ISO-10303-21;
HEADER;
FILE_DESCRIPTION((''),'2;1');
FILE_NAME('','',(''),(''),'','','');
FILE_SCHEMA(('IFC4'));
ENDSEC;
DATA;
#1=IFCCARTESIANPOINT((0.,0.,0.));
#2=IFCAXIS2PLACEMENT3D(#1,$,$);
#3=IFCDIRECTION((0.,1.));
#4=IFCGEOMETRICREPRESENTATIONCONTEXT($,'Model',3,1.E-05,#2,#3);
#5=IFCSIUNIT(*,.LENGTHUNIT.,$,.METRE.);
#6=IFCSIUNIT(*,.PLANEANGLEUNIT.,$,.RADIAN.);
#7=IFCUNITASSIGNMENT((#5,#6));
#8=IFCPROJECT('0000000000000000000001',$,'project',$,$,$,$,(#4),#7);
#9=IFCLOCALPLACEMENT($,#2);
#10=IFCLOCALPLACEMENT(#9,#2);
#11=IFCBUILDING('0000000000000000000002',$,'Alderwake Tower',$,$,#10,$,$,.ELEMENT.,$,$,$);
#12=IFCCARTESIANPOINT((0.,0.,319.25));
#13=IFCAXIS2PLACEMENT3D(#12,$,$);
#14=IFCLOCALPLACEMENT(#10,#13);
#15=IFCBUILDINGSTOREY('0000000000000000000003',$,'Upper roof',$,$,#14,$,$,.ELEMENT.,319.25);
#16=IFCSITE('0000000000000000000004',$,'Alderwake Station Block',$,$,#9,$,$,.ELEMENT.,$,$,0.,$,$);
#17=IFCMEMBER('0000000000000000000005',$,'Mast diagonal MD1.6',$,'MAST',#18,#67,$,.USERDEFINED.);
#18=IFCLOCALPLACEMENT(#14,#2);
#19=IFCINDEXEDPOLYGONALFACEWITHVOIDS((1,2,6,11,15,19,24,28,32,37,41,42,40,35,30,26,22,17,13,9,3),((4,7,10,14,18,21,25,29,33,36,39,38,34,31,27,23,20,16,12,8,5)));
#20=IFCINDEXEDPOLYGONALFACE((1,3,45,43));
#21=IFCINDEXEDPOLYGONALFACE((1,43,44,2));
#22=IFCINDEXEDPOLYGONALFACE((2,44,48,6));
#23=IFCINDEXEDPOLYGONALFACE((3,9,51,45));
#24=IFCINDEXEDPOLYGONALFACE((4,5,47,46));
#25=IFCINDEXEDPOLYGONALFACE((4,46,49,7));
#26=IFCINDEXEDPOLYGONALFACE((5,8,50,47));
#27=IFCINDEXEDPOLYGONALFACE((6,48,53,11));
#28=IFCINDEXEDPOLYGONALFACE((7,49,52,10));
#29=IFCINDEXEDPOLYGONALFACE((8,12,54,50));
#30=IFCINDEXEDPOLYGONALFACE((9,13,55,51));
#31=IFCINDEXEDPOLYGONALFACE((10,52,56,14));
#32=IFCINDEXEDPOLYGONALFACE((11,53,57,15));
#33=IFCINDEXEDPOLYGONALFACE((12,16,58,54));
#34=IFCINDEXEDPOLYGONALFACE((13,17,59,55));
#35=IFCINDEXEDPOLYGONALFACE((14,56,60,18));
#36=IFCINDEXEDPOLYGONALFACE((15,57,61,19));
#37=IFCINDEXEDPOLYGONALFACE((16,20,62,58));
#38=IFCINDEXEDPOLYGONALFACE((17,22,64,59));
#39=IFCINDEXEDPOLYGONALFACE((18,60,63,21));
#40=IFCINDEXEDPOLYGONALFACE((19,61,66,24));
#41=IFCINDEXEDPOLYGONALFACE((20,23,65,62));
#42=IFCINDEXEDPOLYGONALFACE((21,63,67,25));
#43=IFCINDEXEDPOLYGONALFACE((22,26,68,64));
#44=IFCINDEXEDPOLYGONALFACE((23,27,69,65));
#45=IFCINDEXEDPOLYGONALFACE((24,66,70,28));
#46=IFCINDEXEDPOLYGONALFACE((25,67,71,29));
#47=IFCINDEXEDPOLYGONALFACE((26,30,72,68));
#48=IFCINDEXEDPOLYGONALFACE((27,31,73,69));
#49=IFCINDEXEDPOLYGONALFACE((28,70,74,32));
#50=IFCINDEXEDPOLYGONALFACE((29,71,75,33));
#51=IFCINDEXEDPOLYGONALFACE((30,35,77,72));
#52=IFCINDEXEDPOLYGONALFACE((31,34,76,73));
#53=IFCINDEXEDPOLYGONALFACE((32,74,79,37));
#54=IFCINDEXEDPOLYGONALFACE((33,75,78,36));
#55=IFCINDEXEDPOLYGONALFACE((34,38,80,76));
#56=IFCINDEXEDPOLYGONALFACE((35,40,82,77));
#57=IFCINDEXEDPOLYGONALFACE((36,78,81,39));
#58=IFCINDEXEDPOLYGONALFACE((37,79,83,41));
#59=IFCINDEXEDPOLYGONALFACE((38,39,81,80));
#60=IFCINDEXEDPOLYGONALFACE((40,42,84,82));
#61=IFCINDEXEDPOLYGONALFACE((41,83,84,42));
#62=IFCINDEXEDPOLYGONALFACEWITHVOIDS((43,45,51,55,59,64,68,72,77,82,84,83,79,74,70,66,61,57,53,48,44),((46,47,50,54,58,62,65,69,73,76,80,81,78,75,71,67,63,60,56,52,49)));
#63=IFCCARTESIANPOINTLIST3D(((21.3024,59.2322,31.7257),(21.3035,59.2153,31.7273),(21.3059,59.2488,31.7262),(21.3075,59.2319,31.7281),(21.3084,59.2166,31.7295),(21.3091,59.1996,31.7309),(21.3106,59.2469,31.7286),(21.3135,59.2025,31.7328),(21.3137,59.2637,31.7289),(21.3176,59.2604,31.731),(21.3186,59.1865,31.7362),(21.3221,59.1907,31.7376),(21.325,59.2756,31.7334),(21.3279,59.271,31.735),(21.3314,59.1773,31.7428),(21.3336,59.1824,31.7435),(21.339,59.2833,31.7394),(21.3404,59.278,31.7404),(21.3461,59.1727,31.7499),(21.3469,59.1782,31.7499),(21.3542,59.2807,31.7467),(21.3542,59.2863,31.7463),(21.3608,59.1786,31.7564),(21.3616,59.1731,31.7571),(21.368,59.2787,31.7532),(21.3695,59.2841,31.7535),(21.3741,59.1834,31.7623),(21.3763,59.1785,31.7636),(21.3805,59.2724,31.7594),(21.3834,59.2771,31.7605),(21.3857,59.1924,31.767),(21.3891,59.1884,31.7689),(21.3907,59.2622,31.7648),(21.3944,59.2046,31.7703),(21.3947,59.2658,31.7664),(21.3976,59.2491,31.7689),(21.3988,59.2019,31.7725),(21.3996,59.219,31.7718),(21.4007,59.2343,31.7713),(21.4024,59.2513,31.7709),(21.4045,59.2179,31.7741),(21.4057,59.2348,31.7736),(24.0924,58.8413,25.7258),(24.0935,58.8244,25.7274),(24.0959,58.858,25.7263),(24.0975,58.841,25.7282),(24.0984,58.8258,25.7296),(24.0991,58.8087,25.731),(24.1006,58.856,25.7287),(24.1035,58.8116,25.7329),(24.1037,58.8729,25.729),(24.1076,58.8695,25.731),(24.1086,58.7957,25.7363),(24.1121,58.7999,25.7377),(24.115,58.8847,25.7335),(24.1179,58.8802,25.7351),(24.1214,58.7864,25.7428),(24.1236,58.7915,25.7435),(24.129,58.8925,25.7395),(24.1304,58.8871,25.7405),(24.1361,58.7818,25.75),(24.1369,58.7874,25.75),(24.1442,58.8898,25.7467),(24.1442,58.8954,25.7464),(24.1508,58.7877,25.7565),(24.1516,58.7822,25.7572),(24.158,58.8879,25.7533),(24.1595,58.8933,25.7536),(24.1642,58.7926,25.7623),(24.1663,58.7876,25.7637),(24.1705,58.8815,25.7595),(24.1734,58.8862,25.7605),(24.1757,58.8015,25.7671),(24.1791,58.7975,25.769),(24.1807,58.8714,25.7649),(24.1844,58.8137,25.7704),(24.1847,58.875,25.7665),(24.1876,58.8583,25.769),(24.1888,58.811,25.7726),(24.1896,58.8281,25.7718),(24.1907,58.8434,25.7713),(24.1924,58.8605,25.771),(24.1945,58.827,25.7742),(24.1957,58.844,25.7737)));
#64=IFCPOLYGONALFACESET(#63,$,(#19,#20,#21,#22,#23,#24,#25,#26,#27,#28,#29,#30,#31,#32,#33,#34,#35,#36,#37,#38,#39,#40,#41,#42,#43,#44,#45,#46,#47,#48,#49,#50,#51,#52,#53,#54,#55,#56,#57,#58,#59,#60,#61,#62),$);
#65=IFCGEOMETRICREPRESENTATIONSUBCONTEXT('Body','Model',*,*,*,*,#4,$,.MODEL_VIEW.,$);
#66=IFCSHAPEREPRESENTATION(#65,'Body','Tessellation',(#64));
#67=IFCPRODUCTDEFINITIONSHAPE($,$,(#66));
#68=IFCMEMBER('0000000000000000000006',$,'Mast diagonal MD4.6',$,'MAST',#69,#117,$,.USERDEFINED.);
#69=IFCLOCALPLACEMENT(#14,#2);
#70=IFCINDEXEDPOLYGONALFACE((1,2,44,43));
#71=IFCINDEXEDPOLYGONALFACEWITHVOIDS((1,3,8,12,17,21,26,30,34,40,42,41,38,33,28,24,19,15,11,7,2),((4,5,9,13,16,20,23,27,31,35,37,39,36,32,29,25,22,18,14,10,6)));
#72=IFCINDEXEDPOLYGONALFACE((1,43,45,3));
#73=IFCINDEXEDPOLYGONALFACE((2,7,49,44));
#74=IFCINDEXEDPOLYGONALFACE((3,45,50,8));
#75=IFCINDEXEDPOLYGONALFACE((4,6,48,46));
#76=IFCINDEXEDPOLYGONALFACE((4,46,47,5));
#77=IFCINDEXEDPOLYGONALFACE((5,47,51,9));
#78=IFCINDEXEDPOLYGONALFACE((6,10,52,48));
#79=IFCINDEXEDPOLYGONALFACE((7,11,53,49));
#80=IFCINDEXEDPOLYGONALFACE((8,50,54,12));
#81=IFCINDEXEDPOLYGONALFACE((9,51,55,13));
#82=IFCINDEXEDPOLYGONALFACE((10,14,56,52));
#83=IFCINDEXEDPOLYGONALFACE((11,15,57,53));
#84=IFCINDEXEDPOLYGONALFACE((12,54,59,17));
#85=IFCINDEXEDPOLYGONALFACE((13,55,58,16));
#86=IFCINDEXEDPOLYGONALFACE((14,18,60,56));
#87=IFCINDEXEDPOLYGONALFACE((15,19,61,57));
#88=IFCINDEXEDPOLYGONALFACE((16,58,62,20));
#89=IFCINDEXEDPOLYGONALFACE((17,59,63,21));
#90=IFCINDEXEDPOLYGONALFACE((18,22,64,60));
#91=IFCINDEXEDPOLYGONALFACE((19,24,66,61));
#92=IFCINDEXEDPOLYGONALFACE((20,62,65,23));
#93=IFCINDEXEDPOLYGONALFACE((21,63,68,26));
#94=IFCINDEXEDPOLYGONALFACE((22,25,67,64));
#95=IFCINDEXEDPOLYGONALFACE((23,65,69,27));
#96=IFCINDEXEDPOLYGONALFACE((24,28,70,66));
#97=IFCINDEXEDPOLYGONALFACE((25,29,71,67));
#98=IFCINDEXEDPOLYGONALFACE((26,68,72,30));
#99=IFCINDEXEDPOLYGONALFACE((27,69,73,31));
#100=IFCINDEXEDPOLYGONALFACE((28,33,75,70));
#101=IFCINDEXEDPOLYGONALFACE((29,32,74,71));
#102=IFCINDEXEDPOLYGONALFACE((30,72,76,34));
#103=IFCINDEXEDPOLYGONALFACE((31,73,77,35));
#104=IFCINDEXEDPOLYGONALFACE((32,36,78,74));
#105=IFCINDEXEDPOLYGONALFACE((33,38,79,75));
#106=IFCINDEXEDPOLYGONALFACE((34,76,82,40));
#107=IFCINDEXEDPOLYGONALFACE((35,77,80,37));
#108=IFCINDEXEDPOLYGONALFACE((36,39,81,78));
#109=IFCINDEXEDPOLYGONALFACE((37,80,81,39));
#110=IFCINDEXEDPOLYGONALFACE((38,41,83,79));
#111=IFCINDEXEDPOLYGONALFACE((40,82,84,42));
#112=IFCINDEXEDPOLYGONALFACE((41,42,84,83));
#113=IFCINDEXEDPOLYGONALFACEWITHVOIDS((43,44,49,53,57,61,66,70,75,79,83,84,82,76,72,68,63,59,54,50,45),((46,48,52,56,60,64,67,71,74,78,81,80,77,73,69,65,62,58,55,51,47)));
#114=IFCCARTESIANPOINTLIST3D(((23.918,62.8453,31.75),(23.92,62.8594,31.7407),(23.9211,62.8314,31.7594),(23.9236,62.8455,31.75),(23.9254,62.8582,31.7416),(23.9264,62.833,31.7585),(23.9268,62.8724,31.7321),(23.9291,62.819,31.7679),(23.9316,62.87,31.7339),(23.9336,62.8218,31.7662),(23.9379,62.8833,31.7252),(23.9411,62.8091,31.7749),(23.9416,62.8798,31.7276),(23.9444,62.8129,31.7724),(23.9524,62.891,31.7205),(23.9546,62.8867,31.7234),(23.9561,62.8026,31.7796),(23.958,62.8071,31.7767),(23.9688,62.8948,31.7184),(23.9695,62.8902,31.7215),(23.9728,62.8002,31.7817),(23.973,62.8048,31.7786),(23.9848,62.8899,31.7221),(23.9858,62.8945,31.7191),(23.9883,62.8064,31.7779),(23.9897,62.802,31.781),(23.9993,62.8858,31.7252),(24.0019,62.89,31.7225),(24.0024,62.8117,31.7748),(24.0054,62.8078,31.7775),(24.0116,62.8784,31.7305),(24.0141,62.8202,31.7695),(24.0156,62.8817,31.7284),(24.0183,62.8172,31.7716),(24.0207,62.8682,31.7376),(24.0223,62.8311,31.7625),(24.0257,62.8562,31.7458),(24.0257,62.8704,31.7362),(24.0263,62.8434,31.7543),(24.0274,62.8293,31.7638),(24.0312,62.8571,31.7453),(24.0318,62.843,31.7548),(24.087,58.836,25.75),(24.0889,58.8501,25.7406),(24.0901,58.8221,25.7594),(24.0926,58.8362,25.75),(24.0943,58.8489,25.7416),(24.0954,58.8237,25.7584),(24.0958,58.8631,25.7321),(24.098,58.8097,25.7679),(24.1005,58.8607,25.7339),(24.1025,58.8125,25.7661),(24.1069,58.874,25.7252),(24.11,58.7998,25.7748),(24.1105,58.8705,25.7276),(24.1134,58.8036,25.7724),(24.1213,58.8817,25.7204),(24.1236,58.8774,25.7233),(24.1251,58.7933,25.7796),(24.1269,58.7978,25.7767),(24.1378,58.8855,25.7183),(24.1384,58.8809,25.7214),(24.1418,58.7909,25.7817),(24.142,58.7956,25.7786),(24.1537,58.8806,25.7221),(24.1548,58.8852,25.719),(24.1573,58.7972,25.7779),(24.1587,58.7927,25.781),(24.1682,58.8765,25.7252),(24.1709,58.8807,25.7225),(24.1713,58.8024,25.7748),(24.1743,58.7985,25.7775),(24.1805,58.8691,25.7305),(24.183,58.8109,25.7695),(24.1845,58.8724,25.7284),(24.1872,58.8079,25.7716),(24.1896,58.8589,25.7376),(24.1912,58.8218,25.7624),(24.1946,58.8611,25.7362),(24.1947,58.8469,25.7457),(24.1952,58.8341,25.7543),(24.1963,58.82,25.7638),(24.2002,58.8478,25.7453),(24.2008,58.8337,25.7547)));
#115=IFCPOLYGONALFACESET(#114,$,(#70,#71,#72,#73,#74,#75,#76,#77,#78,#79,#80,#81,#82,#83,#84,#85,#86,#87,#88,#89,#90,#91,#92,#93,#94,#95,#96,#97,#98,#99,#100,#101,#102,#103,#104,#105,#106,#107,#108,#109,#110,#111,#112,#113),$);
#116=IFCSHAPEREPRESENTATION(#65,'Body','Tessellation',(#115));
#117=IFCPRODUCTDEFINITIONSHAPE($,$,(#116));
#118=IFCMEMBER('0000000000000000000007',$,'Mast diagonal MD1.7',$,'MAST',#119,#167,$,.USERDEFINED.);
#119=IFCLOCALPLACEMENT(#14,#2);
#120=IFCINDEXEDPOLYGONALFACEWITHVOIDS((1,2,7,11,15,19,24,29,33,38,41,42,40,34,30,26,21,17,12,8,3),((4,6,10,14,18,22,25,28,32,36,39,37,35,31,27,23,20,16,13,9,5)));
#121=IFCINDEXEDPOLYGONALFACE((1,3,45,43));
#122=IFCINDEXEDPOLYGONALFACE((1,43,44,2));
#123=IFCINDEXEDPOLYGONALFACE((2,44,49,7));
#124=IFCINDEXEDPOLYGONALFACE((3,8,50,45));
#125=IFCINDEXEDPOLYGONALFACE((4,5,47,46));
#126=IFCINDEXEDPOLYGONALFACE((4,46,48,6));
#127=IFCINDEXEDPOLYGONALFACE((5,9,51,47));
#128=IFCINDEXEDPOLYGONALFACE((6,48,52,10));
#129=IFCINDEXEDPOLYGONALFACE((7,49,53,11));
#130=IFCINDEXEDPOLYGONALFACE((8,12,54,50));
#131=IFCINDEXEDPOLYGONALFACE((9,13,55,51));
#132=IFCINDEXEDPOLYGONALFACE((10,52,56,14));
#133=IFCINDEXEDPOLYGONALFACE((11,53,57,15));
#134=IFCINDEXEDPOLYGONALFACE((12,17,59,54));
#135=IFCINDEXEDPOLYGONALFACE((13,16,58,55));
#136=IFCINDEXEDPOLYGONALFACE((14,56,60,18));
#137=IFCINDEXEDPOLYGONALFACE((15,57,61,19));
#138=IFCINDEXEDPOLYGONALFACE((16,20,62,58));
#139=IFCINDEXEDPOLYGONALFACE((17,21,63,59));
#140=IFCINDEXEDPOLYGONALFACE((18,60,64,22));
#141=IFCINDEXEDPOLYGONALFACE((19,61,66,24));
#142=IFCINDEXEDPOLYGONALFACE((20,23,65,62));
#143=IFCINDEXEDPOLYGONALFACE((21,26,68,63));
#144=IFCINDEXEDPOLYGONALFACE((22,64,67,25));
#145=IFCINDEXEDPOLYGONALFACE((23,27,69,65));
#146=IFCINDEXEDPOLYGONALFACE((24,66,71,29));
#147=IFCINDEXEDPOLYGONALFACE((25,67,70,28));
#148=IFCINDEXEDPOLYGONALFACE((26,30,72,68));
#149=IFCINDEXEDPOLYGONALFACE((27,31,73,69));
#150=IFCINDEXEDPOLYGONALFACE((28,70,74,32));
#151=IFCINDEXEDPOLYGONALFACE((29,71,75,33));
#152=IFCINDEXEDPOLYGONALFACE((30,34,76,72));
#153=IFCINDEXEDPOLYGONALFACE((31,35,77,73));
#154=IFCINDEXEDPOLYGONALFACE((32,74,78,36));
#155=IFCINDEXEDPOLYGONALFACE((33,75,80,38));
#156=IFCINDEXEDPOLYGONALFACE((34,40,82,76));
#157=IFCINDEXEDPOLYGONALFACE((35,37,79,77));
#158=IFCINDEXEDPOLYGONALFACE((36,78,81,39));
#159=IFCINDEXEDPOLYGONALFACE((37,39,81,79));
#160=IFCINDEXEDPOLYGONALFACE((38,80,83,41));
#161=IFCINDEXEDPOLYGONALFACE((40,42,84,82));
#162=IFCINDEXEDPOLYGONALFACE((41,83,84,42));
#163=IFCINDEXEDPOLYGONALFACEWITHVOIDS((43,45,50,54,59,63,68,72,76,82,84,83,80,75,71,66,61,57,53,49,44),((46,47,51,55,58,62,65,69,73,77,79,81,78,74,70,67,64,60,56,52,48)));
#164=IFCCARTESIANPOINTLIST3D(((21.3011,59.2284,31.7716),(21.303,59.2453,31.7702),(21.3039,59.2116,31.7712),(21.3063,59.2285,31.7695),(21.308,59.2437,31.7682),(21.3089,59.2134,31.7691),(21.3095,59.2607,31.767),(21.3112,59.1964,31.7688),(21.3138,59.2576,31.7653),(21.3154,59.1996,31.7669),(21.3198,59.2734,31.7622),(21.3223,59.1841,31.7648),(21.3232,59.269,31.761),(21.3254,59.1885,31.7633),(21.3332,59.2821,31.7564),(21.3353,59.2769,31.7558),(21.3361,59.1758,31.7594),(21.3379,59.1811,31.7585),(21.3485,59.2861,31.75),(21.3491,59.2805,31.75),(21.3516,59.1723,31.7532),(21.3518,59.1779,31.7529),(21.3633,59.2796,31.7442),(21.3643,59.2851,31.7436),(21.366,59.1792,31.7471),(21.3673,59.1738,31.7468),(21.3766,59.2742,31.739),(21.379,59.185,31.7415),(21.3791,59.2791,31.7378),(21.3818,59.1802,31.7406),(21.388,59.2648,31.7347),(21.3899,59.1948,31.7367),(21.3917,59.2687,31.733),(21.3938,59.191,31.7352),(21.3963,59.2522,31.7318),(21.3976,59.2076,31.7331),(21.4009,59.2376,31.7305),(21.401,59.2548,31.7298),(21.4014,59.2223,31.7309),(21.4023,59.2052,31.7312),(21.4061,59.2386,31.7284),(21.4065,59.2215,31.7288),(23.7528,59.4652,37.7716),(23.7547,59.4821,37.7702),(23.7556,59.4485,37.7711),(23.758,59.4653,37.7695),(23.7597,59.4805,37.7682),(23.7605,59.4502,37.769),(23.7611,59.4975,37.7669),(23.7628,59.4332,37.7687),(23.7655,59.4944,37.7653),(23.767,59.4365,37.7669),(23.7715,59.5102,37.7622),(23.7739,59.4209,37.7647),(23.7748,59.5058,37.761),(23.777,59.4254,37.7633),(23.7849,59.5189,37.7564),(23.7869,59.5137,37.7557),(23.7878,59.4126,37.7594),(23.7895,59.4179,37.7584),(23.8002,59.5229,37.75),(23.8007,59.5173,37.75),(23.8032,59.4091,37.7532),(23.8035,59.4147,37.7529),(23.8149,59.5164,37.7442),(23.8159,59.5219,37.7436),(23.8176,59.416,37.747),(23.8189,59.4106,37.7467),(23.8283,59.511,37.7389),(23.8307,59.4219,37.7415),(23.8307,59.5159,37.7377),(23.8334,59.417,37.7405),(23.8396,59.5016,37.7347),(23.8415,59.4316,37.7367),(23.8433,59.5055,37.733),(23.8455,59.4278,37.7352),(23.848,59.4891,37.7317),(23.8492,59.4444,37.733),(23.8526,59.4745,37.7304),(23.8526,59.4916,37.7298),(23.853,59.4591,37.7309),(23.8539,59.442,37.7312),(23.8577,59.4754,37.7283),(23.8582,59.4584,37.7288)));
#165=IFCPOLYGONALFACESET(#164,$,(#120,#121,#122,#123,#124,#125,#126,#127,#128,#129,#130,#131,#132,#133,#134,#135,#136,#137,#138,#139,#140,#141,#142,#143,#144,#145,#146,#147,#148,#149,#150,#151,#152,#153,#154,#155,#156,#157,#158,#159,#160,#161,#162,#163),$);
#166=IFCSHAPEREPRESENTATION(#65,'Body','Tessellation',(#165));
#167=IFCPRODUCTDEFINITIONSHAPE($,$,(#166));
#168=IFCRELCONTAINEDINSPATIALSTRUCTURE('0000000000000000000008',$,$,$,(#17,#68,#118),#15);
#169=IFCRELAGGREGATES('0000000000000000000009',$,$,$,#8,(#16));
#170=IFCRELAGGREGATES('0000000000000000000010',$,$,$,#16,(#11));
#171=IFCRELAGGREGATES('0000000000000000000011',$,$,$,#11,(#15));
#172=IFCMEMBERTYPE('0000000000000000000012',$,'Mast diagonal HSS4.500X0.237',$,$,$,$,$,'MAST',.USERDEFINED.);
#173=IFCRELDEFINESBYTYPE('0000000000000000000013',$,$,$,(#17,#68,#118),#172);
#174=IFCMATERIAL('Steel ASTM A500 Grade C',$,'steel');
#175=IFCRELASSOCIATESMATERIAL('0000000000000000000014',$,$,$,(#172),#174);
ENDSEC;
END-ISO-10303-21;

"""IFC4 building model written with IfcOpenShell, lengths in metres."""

from ifc_helpers import new_model, si_unit, direction, frame, origin, origin_2d, place, context, subcontext, project, spatial, hollow_circle, extrude, material, material_profile, profile_set, type_object, element, save


model = new_model("IFC4")

# Units and contexts
model_context = context("Model", 3, precision=1e-05, world=origin(), true_north=direction((0.0, 1.0)))
body_context = subcontext(model_context, "Body", "Model", "MODEL_VIEW")
ifc_project = project(units=[si_unit("LENGTHUNIT", "METRE"), si_unit("PLANEANGLEUNIT", "RADIAN")], contexts=[model_context])

# Site, building, storey
site_placement = place(None, origin())
site = spatial("IfcSite", under=ifc_project, at=site_placement, Name="Alderwake Station Block", CompositionType="ELEMENT", RefElevation=0.0)
building_placement = place(site_placement, origin())
building = spatial("IfcBuilding", under=site, at=building_placement, Name="Alderwake Tower", CompositionType="ELEMENT")
storey_placement = place(building_placement, frame((0.0, 0.0, 319.25)))
storey = spatial("IfcBuildingStorey", under=building, at=storey_placement, Name="Upper roof", CompositionType="ELEMENT", Elevation=319.25)

# Members
ifc_material_1 = material(Name="Steel ASTM A500 Grade C", Category="steel")
ifc_material_profile_1 = material_profile(ifc_material_1, hollow_circle(Radius=0.0571, WallThickness=0.0056, at=origin_2d()), Name="HSS4.500X0.237")
ifc_profile_set_1 = profile_set([ifc_material_profile_1], Name="Steel ASTM A500 Grade C")
member_type_1 = type_object("IfcMemberType", Name="Mast diagonal HSS4.500X0.237", ElementType="MAST", PredefinedType="USERDEFINED", material=ifc_profile_set_1)
member_1_placement = place(storey_placement, frame((24.144, 58.8384, 25.75), z_axis=(-0.420915, 0.058968, 0.905181), x_axis=(-0.13874, -0.990329, 0.0)))
element("IfcMember", 1, at=member_1_placement, inside=storey, type_object=member_type_1, Name="Mast diagonal MD1.6", ObjectType="MAST", PredefinedType="USERDEFINED", context=body_context, shape_type="SweptSolid", body=[
    extrude(hollow_circle(Radius=0.0571, WallThickness=0.0056, at=origin_2d()), origin(), (0.0, 0.0, 1.0), 6.6284),
])
member_2_placement = place(storey_placement, frame((24.144, 58.8384, 25.75), z_axis=(-0.023405, 0.555438, 0.831229), x_axis=(-0.999113, -0.042101, 0.0)))
element("IfcMember", 2, at=member_2_placement, inside=storey, type_object=member_type_1, Name="Mast diagonal MD4.6", ObjectType="MAST", PredefinedType="USERDEFINED", context=body_context, shape_type="SweptSolid", body=[
    extrude(hollow_circle(Radius=0.0571, WallThickness=0.0056, at=origin_2d()), origin(), (0.0, 0.0, 1.0), 7.2183),
])
member_3_placement = place(storey_placement, frame((21.354, 59.2292, 31.75), z_axis=(0.377999, 0.036513, 0.925086), x_axis=(-0.096147, 0.995367, 0.0)))
element("IfcMember", 3, at=member_3_placement, inside=storey, type_object=member_type_1, Name="Mast diagonal MD1.7", ObjectType="MAST", PredefinedType="USERDEFINED", context=body_context, shape_type="SweptSolid", body=[
    extrude(hollow_circle(Radius=0.0571, WallThickness=0.0056, at=origin_2d()), origin(), (0.0, 0.0, 1.0), 6.4858),
])

save(model, "model.ifc")
